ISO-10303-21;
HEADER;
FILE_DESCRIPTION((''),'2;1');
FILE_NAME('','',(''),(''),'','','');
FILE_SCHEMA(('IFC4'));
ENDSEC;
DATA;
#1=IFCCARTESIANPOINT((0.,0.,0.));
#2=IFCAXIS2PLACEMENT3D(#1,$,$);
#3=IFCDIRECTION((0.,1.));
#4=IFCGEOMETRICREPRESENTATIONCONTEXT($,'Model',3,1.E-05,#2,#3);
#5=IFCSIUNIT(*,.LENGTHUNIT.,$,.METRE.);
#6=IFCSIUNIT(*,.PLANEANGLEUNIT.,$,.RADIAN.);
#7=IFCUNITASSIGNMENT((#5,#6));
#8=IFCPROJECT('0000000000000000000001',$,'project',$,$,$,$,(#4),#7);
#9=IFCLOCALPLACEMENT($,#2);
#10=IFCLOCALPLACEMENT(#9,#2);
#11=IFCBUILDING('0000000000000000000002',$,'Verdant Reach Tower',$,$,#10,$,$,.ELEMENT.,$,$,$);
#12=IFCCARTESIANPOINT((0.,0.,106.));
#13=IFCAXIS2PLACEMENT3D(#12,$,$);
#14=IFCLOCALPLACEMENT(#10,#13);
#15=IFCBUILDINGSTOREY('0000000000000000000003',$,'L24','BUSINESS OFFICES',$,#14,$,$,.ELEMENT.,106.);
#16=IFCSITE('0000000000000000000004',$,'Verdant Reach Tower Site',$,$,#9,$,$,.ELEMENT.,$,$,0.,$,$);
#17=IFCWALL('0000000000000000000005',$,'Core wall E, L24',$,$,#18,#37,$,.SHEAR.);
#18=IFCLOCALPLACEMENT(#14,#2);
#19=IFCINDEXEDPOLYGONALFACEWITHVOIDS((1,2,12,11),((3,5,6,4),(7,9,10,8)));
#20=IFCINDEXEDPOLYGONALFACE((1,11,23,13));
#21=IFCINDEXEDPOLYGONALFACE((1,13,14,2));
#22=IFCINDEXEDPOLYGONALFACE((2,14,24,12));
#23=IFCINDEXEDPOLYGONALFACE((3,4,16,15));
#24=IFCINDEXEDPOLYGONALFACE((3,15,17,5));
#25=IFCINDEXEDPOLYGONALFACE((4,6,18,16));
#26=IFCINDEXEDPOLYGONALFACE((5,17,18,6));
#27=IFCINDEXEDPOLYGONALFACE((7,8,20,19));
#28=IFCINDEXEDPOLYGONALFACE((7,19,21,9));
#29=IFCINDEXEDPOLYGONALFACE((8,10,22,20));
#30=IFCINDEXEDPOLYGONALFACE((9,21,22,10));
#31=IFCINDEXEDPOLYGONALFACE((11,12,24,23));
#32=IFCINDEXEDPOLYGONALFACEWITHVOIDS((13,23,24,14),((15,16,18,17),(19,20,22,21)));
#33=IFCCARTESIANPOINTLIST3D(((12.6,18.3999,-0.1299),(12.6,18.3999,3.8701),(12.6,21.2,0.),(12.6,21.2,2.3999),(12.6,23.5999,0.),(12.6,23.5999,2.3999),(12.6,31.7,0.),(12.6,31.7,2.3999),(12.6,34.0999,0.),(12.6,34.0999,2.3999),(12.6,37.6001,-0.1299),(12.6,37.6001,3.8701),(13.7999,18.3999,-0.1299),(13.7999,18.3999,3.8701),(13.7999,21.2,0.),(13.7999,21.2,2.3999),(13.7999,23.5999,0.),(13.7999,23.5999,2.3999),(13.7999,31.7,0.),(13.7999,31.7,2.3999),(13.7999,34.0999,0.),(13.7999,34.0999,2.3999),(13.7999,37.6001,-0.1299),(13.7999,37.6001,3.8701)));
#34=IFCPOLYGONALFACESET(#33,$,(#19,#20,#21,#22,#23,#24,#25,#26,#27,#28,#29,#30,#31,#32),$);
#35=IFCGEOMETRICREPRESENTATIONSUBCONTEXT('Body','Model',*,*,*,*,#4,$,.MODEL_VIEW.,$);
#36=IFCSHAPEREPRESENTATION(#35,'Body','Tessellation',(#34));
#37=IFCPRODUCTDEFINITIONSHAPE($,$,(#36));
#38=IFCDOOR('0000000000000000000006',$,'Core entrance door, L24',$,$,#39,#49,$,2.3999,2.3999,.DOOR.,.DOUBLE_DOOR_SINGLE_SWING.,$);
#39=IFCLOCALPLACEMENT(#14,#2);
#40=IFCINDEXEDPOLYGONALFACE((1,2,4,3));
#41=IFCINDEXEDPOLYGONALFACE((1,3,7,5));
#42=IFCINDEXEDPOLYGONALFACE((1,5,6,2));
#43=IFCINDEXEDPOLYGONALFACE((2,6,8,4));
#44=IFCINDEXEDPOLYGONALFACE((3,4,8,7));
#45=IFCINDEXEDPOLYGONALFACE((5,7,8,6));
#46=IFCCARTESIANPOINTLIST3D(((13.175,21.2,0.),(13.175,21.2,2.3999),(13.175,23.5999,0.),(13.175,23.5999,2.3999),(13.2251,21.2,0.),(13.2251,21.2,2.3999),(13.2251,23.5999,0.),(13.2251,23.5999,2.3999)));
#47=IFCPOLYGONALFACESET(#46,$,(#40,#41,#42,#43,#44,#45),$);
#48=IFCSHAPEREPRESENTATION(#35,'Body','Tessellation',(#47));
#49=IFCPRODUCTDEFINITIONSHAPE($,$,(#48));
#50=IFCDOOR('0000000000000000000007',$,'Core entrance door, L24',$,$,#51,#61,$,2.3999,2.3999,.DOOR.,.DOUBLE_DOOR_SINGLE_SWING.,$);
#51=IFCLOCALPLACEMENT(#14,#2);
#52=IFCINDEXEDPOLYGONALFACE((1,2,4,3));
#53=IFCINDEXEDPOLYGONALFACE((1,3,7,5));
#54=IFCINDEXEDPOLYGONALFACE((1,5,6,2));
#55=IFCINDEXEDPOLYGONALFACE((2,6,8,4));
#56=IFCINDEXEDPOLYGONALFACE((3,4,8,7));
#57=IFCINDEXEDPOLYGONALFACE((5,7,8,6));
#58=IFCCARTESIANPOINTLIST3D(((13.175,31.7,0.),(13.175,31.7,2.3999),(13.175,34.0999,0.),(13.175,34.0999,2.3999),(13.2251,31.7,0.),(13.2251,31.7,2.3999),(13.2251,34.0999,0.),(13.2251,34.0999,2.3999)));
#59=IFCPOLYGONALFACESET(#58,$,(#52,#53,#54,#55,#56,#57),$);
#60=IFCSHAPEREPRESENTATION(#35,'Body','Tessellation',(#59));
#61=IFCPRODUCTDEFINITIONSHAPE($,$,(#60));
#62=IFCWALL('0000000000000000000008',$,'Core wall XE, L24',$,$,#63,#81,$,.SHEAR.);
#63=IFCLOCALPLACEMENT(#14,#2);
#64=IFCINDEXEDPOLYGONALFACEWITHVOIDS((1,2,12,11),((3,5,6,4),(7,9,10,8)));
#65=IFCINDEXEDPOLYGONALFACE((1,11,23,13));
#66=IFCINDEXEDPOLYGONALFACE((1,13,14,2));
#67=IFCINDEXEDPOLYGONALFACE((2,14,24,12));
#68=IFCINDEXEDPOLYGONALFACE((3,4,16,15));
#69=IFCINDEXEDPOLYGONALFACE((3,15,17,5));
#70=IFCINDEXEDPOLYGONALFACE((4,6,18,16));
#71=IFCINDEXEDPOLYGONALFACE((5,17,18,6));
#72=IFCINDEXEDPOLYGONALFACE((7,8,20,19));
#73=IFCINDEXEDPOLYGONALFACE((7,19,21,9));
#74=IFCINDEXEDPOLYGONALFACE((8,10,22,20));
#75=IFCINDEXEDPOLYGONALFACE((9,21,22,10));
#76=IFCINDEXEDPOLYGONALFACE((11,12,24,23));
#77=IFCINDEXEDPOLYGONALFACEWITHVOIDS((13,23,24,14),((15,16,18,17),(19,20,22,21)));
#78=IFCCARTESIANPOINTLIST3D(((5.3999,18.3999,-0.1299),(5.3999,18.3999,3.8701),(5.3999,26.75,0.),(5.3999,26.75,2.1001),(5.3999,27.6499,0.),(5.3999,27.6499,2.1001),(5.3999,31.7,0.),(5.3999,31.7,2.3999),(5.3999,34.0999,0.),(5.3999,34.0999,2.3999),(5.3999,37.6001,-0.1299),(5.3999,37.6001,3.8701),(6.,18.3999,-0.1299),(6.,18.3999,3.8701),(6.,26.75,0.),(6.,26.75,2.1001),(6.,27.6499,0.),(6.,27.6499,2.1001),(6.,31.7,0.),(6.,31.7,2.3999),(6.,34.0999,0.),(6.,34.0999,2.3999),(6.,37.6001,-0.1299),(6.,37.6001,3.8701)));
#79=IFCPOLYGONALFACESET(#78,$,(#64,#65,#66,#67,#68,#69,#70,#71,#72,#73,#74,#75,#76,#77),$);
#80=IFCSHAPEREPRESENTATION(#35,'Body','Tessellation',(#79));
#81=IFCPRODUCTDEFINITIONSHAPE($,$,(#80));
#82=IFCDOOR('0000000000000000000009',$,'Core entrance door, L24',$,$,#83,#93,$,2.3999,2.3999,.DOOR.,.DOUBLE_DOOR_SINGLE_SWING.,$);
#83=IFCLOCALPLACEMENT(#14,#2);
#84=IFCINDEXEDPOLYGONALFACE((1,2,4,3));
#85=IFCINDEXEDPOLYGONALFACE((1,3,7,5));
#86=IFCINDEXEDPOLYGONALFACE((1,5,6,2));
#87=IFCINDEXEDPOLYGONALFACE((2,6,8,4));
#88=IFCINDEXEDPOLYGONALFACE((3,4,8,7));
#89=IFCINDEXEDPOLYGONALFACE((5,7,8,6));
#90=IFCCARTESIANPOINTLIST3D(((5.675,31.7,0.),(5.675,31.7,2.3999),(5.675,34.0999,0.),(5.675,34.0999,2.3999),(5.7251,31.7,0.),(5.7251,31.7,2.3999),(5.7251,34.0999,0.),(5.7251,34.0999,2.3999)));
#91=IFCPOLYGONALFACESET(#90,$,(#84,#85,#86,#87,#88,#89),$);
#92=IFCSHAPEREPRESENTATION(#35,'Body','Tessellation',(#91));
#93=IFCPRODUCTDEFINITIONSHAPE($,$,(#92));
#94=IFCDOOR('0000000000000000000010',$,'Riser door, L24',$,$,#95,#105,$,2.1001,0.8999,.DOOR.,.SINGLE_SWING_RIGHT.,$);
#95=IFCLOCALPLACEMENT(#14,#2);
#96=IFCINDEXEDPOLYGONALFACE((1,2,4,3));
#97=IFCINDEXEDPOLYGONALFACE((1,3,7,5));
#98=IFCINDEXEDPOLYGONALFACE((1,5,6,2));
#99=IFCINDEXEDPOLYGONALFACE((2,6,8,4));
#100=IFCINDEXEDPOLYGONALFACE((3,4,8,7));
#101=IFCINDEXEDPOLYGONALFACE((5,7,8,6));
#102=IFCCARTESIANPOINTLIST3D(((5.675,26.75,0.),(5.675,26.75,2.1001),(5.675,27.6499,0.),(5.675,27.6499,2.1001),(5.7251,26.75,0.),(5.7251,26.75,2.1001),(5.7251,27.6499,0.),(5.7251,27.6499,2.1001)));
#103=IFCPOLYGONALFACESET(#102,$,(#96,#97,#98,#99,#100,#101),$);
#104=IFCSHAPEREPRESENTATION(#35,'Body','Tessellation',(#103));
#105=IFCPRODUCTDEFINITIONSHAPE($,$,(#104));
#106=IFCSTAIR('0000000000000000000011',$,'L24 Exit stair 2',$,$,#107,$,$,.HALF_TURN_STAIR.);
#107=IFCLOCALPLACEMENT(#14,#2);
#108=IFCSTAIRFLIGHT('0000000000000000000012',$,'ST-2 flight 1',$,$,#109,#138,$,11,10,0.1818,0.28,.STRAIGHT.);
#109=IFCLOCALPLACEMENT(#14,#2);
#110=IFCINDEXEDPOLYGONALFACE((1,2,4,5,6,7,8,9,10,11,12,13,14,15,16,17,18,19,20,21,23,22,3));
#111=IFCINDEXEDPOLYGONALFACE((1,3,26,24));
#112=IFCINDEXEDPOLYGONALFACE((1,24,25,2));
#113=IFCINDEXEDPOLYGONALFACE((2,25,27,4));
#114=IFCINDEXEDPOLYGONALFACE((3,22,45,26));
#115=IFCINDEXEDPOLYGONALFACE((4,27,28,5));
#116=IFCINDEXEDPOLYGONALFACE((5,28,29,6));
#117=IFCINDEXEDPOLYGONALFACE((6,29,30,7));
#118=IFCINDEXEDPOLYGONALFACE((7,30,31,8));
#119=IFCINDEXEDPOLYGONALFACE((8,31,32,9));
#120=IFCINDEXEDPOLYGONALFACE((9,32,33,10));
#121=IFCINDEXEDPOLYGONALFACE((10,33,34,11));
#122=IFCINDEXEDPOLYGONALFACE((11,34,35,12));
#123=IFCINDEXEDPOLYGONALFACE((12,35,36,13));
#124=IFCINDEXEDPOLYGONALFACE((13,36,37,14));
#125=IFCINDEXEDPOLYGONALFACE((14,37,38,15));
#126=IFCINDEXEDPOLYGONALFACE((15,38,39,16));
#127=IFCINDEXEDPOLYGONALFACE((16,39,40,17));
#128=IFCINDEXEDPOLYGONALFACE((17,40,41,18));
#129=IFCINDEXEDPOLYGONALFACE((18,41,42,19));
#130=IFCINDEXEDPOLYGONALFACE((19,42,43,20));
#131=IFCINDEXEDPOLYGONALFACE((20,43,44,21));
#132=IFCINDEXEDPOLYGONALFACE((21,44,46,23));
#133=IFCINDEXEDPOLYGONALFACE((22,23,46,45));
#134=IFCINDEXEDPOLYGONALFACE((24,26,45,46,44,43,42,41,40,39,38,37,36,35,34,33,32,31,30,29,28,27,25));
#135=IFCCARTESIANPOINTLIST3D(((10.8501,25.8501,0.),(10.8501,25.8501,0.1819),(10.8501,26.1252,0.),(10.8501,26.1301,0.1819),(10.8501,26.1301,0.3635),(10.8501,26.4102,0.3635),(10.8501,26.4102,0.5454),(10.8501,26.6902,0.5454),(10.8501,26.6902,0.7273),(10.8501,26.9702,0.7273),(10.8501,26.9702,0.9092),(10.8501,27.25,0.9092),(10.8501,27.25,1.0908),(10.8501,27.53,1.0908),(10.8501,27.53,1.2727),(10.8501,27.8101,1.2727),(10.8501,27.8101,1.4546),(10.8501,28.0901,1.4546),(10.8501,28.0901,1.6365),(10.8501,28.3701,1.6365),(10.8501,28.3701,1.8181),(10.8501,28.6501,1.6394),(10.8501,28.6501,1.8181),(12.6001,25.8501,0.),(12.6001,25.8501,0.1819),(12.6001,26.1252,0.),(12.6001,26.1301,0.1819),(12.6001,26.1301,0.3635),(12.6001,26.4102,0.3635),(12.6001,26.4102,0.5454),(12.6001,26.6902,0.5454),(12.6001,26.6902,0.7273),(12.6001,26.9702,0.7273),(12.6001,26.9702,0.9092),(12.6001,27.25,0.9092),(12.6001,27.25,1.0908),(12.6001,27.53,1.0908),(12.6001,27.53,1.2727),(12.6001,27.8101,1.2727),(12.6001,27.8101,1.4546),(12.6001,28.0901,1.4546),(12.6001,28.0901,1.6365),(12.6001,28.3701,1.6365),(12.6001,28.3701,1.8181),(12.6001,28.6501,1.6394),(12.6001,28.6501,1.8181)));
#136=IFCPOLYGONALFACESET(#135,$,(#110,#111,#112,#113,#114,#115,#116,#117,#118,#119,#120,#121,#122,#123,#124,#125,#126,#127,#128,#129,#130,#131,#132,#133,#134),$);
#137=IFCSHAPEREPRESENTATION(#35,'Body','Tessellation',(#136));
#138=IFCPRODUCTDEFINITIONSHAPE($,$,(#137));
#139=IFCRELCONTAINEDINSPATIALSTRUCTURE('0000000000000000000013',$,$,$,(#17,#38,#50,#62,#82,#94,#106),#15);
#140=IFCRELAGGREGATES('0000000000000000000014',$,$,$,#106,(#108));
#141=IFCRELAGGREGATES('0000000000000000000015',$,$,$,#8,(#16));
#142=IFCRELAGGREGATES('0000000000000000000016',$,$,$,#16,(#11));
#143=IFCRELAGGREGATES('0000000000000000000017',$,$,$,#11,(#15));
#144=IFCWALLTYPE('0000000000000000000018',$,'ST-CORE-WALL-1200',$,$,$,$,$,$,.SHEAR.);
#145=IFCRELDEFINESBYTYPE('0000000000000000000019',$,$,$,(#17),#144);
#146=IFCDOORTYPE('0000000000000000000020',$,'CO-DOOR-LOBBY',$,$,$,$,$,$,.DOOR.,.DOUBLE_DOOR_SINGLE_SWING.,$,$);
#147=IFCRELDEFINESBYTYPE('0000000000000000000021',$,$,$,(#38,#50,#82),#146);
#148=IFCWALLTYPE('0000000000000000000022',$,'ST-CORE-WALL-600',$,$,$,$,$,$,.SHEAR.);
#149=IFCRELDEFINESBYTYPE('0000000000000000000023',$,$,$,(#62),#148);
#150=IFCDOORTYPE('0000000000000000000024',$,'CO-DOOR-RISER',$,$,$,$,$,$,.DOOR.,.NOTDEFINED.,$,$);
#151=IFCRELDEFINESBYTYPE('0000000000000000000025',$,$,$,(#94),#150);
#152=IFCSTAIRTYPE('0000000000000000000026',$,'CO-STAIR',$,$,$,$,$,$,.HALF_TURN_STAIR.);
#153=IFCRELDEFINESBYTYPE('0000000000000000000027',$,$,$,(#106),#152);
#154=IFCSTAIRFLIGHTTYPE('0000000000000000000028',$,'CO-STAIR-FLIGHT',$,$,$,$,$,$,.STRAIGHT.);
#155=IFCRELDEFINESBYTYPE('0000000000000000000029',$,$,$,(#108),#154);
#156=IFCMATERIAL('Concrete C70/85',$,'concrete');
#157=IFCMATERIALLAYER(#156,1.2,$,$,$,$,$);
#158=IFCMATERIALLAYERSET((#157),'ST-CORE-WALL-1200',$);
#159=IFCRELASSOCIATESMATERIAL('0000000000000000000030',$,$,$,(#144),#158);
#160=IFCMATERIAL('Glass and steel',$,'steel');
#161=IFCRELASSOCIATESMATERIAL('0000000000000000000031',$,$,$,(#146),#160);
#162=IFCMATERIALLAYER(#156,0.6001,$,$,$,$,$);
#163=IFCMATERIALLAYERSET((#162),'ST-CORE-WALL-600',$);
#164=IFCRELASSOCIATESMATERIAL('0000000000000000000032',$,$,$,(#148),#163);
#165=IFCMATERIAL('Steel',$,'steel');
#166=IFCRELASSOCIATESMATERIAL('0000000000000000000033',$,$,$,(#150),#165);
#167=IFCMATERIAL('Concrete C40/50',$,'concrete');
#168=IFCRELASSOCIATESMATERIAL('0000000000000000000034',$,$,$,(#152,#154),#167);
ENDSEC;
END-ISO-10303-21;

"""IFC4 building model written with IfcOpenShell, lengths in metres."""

from ifc_helpers import new_model, si_unit, direction, frame, frame_2d, origin, place, context, subcontext, project, spatial, polyline, rectangle, outline, extrude, material, layer, layer_set, type_object, element, fill, aggregate, save


model = new_model("IFC4")

# Units and contexts
model_context = context("Model", 3, precision=1e-05, world=origin(), true_north=direction((0.0, 1.0)))
body_context = subcontext(model_context, "Body", "Model", "MODEL_VIEW")
ifc_project = project(units=[si_unit("LENGTHUNIT", "METRE"), si_unit("PLANEANGLEUNIT", "RADIAN")], contexts=[model_context])

# Site, building, storey
site_placement = place(None, origin())
site = spatial("IfcSite", under=ifc_project, at=site_placement, Name="Verdant Reach Tower Site", CompositionType="ELEMENT", RefElevation=0.0)
building_placement = place(site_placement, origin())
building = spatial("IfcBuilding", under=site, at=building_placement, Name="Verdant Reach Tower", CompositionType="ELEMENT")
storey_placement = place(building_placement, frame((0.0, 0.0, 106.0)))
storey = spatial("IfcBuildingStorey", under=building, at=storey_placement, Name="L24", Description="BUSINESS OFFICES", CompositionType="ELEMENT", Elevation=106.0)

# Shared definitions
ifc_material_1 = material(Name="Concrete C40/50", Category="concrete")

# Shared definitions
ifc_material_2 = material(Name="Steel", Category="steel")

# Walls, openings, doors
ifc_material_3 = material(Name="Concrete C70/85", Category="concrete")
ifc_layer_1 = layer(ifc_material_3, 1.2)
ifc_layer_set_1 = layer_set([ifc_layer_1], Name="ST-CORE-WALL-1200")
wall_type_1 = type_object("IfcWallType", Name="ST-CORE-WALL-1200", PredefinedType="SHEAR", material=ifc_layer_set_1)
wall_1_placement = place(storey_placement, frame((13.2, 18.3999, -0.1299), z_axis=(0.0, 0.0, 1.0), x_axis=(0.0, 1.0, 0.0)))
wall_1 = element("IfcWall", 1, at=wall_1_placement, inside=storey, type_object=wall_type_1, Name="Core wall E, L24", PredefinedType="SHEAR", context=body_context, shape_type="SweptSolid", body=[
    extrude(rectangle(XDim=19.2002, YDim=1.2, at=frame_2d((9.6001, 0.0))), origin(), (0.0, 0.0, 1.0), 4.0),
])
opening_1_placement = place(wall_1_placement, frame((2.8, 0.0, 0.1299)))
opening_1 = element("IfcOpeningElement", 2, at=opening_1_placement, cuts=wall_1, PredefinedType="OPENING", context=body_context, shape_type="SweptSolid", body=[
    extrude(rectangle(XDim=2.3999, YDim=2.3999, at=frame_2d((1.2, 1.2))), frame((0.0, 0.6099, 0.0), z_axis=(0.0, -1.0, 0.0), x_axis=(1.0, 0.0, 0.0)), (0.0, 0.0, 1.0), 1.22),
])
opening_2_placement = place(wall_1_placement, frame((13.3, 0.0, 0.1299)))
opening_2 = element("IfcOpeningElement", 3, at=opening_2_placement, cuts=wall_1, PredefinedType="OPENING", context=body_context, shape_type="SweptSolid", body=[
    extrude(rectangle(XDim=2.3999, YDim=2.3999, at=frame_2d((1.2, 1.2))), frame((0.0, 0.6099, 0.0), z_axis=(0.0, -1.0, 0.0), x_axis=(1.0, 0.0, 0.0)), (0.0, 0.0, 1.0), 1.22),
])
ifc_material_4 = material(Name="Glass and steel", Category="steel")
door_type_1 = type_object("IfcDoorType", Name="CO-DOOR-LOBBY", OperationType="DOUBLE_DOOR_SINGLE_SWING", PredefinedType="DOOR", material=ifc_material_4)
door_1_placement = place(opening_1_placement, origin())
door_1 = element("IfcDoor", 4, at=door_1_placement, inside=storey, type_object=door_type_1, Name="Core entrance door, L24", OperationType="DOUBLE_DOOR_SINGLE_SWING", OverallHeight=2.3999, OverallWidth=2.3999, PredefinedType="DOOR", context=body_context, shape_type="SweptSolid", body=[
    extrude(rectangle(XDim=2.3999, YDim=2.3999, at=frame_2d((1.2, 1.2))), frame((0.0, 0.0249, 0.0), z_axis=(0.0, -1.0, 0.0), x_axis=(1.0, 0.0, 0.0)), (0.0, 0.0, 1.0), 0.05),
])
fill(opening_1, door_1)
door_2_placement = place(opening_2_placement, origin())
door_2 = element("IfcDoor", 5, at=door_2_placement, inside=storey, type_object=door_type_1, Name="Core entrance door, L24", OperationType="DOUBLE_DOOR_SINGLE_SWING", OverallHeight=2.3999, OverallWidth=2.3999, PredefinedType="DOOR", context=body_context, shape_type="SweptSolid", body=[
    extrude(rectangle(XDim=2.3999, YDim=2.3999, at=frame_2d((1.2, 1.2))), frame((0.0, 0.0249, 0.0), z_axis=(0.0, -1.0, 0.0), x_axis=(1.0, 0.0, 0.0)), (0.0, 0.0, 1.0), 0.05),
])
fill(opening_2, door_2)
ifc_layer_2 = layer(ifc_material_3, 0.6001)
ifc_layer_set_2 = layer_set([ifc_layer_2], Name="ST-CORE-WALL-600")
wall_type_2 = type_object("IfcWallType", Name="ST-CORE-WALL-600", PredefinedType="SHEAR", material=ifc_layer_set_2)
wall_2_placement = place(storey_placement, frame((5.7, 18.3999, -0.1299), z_axis=(0.0, 0.0, 1.0), x_axis=(0.0, 1.0, 0.0)))
wall_2 = element("IfcWall", 6, at=wall_2_placement, inside=storey, type_object=wall_type_2, Name="Core wall XE, L24", PredefinedType="SHEAR", context=body_context, shape_type="SweptSolid", body=[
    extrude(rectangle(XDim=19.2002, YDim=0.6001, at=frame_2d((9.6001, 0.0))), origin(), (0.0, 0.0, 1.0), 4.0),
])
opening_3_placement = place(wall_2_placement, frame((8.3501, 0.0, 0.1299)))
opening_3 = element("IfcOpeningElement", 7, at=opening_3_placement, cuts=wall_2, PredefinedType="OPENING", context=body_context, shape_type="SweptSolid", body=[
    extrude(rectangle(XDim=0.8999, YDim=2.1001, at=frame_2d((0.45, 1.05))), frame((0.0, 0.3101, 0.0), z_axis=(0.0, -1.0, 0.0), x_axis=(1.0, 0.0, 0.0)), (0.0, 0.0, 1.0), 0.6201),
])
opening_4_placement = place(wall_2_placement, frame((13.3, 0.0, 0.1299)))
opening_4 = element("IfcOpeningElement", 8, at=opening_4_placement, cuts=wall_2, PredefinedType="OPENING", context=body_context, shape_type="SweptSolid", body=[
    extrude(rectangle(XDim=2.3999, YDim=2.3999, at=frame_2d((1.2, 1.2))), frame((0.0, 0.3101, 0.0), z_axis=(0.0, -1.0, 0.0), x_axis=(1.0, 0.0, 0.0)), (0.0, 0.0, 1.0), 0.6201),
])
door_3_placement = place(opening_4_placement, origin())
door_3 = element("IfcDoor", 9, at=door_3_placement, inside=storey, type_object=door_type_1, Name="Core entrance door, L24", OperationType="DOUBLE_DOOR_SINGLE_SWING", OverallHeight=2.3999, OverallWidth=2.3999, PredefinedType="DOOR", context=body_context, shape_type="SweptSolid", body=[
    extrude(rectangle(XDim=2.3999, YDim=2.3999, at=frame_2d((1.2, 1.2))), frame((0.0, 0.0249, 0.0), z_axis=(0.0, -1.0, 0.0), x_axis=(1.0, 0.0, 0.0)), (0.0, 0.0, 1.0), 0.05),
])
fill(opening_4, door_3)
door_type_2 = type_object("IfcDoorType", Name="CO-DOOR-RISER", OperationType="NOTDEFINED", PredefinedType="DOOR", material=ifc_material_2)
door_4_placement = place(opening_3_placement, origin())
door_4 = element("IfcDoor", 10, at=door_4_placement, inside=storey, type_object=door_type_2, Name="Riser door, L24", OperationType="SINGLE_SWING_RIGHT", OverallHeight=2.1001, OverallWidth=0.8999, PredefinedType="DOOR", context=body_context, shape_type="SweptSolid", body=[
    extrude(rectangle(XDim=0.8999, YDim=2.1001, at=frame_2d((0.45, 1.05))), frame((0.0, 0.0249, 0.0), z_axis=(0.0, -1.0, 0.0), x_axis=(1.0, 0.0, 0.0)), (0.0, 0.0, 1.0), 0.05),
])
fill(opening_3, door_4)

# Stair, stair flight
stair_type = type_object("IfcStairType", Name="CO-STAIR", PredefinedType="HALF_TURN_STAIR", material=ifc_material_1)
stair_placement = place(storey_placement, origin())
stair = element("IfcStair", 11, at=stair_placement, inside=storey, type_object=stair_type, Name="L24 Exit stair 2", PredefinedType="HALF_TURN_STAIR")
stair_flight_type = type_object("IfcStairFlightType", Name="CO-STAIR-FLIGHT", PredefinedType="STRAIGHT", material=ifc_material_1)
stair_flight_placement = place(storey_placement, frame((11.7251, 25.8501, 0.0), z_axis=(0.0, 0.0, 1.0), x_axis=(0.0, 1.0, 0.0)))
stair_flight = element("IfcStairFlight", 12, at=stair_flight_placement, type_object=stair_flight_type, Name="ST-2 flight 1", NumberOfRisers=11, NumberOfTreads=10, PredefinedType="STRAIGHT", RiserHeight=0.1818, TreadLength=0.28, context=body_context, shape_type="SweptSolid", body=[
    extrude(outline(polyline([(0.0, 0.0), (0.0, 0.1819), (0.28, 0.1819), (0.28, 0.3635), (0.5601, 0.3635), (0.5601, 0.5454), (0.8401, 0.5454), (0.8401, 0.7273), (1.1201, 0.7273), (1.1201, 0.9092), (1.3999, 0.9092), (1.3999, 1.0908), (1.6799, 1.0908), (1.6799, 1.2727), (1.96, 1.2727), (1.96, 1.4546), (2.24, 1.4546), (2.24, 1.6365), (2.52, 1.6365), (2.52, 1.8181), (2.8, 1.8181), (2.8, 2.0), (2.8, 1.6394), (0.2751, 0.0), (0.0, 0.0)])), frame((0.0, 0.875, 0.0), z_axis=(0.0, -1.0, 0.0), x_axis=(1.0, 0.0, 0.0)), (0.0, 0.0, 1.0), 1.75),
])
aggregate(stair, [stair_flight])

save(model, "model.ifc")
